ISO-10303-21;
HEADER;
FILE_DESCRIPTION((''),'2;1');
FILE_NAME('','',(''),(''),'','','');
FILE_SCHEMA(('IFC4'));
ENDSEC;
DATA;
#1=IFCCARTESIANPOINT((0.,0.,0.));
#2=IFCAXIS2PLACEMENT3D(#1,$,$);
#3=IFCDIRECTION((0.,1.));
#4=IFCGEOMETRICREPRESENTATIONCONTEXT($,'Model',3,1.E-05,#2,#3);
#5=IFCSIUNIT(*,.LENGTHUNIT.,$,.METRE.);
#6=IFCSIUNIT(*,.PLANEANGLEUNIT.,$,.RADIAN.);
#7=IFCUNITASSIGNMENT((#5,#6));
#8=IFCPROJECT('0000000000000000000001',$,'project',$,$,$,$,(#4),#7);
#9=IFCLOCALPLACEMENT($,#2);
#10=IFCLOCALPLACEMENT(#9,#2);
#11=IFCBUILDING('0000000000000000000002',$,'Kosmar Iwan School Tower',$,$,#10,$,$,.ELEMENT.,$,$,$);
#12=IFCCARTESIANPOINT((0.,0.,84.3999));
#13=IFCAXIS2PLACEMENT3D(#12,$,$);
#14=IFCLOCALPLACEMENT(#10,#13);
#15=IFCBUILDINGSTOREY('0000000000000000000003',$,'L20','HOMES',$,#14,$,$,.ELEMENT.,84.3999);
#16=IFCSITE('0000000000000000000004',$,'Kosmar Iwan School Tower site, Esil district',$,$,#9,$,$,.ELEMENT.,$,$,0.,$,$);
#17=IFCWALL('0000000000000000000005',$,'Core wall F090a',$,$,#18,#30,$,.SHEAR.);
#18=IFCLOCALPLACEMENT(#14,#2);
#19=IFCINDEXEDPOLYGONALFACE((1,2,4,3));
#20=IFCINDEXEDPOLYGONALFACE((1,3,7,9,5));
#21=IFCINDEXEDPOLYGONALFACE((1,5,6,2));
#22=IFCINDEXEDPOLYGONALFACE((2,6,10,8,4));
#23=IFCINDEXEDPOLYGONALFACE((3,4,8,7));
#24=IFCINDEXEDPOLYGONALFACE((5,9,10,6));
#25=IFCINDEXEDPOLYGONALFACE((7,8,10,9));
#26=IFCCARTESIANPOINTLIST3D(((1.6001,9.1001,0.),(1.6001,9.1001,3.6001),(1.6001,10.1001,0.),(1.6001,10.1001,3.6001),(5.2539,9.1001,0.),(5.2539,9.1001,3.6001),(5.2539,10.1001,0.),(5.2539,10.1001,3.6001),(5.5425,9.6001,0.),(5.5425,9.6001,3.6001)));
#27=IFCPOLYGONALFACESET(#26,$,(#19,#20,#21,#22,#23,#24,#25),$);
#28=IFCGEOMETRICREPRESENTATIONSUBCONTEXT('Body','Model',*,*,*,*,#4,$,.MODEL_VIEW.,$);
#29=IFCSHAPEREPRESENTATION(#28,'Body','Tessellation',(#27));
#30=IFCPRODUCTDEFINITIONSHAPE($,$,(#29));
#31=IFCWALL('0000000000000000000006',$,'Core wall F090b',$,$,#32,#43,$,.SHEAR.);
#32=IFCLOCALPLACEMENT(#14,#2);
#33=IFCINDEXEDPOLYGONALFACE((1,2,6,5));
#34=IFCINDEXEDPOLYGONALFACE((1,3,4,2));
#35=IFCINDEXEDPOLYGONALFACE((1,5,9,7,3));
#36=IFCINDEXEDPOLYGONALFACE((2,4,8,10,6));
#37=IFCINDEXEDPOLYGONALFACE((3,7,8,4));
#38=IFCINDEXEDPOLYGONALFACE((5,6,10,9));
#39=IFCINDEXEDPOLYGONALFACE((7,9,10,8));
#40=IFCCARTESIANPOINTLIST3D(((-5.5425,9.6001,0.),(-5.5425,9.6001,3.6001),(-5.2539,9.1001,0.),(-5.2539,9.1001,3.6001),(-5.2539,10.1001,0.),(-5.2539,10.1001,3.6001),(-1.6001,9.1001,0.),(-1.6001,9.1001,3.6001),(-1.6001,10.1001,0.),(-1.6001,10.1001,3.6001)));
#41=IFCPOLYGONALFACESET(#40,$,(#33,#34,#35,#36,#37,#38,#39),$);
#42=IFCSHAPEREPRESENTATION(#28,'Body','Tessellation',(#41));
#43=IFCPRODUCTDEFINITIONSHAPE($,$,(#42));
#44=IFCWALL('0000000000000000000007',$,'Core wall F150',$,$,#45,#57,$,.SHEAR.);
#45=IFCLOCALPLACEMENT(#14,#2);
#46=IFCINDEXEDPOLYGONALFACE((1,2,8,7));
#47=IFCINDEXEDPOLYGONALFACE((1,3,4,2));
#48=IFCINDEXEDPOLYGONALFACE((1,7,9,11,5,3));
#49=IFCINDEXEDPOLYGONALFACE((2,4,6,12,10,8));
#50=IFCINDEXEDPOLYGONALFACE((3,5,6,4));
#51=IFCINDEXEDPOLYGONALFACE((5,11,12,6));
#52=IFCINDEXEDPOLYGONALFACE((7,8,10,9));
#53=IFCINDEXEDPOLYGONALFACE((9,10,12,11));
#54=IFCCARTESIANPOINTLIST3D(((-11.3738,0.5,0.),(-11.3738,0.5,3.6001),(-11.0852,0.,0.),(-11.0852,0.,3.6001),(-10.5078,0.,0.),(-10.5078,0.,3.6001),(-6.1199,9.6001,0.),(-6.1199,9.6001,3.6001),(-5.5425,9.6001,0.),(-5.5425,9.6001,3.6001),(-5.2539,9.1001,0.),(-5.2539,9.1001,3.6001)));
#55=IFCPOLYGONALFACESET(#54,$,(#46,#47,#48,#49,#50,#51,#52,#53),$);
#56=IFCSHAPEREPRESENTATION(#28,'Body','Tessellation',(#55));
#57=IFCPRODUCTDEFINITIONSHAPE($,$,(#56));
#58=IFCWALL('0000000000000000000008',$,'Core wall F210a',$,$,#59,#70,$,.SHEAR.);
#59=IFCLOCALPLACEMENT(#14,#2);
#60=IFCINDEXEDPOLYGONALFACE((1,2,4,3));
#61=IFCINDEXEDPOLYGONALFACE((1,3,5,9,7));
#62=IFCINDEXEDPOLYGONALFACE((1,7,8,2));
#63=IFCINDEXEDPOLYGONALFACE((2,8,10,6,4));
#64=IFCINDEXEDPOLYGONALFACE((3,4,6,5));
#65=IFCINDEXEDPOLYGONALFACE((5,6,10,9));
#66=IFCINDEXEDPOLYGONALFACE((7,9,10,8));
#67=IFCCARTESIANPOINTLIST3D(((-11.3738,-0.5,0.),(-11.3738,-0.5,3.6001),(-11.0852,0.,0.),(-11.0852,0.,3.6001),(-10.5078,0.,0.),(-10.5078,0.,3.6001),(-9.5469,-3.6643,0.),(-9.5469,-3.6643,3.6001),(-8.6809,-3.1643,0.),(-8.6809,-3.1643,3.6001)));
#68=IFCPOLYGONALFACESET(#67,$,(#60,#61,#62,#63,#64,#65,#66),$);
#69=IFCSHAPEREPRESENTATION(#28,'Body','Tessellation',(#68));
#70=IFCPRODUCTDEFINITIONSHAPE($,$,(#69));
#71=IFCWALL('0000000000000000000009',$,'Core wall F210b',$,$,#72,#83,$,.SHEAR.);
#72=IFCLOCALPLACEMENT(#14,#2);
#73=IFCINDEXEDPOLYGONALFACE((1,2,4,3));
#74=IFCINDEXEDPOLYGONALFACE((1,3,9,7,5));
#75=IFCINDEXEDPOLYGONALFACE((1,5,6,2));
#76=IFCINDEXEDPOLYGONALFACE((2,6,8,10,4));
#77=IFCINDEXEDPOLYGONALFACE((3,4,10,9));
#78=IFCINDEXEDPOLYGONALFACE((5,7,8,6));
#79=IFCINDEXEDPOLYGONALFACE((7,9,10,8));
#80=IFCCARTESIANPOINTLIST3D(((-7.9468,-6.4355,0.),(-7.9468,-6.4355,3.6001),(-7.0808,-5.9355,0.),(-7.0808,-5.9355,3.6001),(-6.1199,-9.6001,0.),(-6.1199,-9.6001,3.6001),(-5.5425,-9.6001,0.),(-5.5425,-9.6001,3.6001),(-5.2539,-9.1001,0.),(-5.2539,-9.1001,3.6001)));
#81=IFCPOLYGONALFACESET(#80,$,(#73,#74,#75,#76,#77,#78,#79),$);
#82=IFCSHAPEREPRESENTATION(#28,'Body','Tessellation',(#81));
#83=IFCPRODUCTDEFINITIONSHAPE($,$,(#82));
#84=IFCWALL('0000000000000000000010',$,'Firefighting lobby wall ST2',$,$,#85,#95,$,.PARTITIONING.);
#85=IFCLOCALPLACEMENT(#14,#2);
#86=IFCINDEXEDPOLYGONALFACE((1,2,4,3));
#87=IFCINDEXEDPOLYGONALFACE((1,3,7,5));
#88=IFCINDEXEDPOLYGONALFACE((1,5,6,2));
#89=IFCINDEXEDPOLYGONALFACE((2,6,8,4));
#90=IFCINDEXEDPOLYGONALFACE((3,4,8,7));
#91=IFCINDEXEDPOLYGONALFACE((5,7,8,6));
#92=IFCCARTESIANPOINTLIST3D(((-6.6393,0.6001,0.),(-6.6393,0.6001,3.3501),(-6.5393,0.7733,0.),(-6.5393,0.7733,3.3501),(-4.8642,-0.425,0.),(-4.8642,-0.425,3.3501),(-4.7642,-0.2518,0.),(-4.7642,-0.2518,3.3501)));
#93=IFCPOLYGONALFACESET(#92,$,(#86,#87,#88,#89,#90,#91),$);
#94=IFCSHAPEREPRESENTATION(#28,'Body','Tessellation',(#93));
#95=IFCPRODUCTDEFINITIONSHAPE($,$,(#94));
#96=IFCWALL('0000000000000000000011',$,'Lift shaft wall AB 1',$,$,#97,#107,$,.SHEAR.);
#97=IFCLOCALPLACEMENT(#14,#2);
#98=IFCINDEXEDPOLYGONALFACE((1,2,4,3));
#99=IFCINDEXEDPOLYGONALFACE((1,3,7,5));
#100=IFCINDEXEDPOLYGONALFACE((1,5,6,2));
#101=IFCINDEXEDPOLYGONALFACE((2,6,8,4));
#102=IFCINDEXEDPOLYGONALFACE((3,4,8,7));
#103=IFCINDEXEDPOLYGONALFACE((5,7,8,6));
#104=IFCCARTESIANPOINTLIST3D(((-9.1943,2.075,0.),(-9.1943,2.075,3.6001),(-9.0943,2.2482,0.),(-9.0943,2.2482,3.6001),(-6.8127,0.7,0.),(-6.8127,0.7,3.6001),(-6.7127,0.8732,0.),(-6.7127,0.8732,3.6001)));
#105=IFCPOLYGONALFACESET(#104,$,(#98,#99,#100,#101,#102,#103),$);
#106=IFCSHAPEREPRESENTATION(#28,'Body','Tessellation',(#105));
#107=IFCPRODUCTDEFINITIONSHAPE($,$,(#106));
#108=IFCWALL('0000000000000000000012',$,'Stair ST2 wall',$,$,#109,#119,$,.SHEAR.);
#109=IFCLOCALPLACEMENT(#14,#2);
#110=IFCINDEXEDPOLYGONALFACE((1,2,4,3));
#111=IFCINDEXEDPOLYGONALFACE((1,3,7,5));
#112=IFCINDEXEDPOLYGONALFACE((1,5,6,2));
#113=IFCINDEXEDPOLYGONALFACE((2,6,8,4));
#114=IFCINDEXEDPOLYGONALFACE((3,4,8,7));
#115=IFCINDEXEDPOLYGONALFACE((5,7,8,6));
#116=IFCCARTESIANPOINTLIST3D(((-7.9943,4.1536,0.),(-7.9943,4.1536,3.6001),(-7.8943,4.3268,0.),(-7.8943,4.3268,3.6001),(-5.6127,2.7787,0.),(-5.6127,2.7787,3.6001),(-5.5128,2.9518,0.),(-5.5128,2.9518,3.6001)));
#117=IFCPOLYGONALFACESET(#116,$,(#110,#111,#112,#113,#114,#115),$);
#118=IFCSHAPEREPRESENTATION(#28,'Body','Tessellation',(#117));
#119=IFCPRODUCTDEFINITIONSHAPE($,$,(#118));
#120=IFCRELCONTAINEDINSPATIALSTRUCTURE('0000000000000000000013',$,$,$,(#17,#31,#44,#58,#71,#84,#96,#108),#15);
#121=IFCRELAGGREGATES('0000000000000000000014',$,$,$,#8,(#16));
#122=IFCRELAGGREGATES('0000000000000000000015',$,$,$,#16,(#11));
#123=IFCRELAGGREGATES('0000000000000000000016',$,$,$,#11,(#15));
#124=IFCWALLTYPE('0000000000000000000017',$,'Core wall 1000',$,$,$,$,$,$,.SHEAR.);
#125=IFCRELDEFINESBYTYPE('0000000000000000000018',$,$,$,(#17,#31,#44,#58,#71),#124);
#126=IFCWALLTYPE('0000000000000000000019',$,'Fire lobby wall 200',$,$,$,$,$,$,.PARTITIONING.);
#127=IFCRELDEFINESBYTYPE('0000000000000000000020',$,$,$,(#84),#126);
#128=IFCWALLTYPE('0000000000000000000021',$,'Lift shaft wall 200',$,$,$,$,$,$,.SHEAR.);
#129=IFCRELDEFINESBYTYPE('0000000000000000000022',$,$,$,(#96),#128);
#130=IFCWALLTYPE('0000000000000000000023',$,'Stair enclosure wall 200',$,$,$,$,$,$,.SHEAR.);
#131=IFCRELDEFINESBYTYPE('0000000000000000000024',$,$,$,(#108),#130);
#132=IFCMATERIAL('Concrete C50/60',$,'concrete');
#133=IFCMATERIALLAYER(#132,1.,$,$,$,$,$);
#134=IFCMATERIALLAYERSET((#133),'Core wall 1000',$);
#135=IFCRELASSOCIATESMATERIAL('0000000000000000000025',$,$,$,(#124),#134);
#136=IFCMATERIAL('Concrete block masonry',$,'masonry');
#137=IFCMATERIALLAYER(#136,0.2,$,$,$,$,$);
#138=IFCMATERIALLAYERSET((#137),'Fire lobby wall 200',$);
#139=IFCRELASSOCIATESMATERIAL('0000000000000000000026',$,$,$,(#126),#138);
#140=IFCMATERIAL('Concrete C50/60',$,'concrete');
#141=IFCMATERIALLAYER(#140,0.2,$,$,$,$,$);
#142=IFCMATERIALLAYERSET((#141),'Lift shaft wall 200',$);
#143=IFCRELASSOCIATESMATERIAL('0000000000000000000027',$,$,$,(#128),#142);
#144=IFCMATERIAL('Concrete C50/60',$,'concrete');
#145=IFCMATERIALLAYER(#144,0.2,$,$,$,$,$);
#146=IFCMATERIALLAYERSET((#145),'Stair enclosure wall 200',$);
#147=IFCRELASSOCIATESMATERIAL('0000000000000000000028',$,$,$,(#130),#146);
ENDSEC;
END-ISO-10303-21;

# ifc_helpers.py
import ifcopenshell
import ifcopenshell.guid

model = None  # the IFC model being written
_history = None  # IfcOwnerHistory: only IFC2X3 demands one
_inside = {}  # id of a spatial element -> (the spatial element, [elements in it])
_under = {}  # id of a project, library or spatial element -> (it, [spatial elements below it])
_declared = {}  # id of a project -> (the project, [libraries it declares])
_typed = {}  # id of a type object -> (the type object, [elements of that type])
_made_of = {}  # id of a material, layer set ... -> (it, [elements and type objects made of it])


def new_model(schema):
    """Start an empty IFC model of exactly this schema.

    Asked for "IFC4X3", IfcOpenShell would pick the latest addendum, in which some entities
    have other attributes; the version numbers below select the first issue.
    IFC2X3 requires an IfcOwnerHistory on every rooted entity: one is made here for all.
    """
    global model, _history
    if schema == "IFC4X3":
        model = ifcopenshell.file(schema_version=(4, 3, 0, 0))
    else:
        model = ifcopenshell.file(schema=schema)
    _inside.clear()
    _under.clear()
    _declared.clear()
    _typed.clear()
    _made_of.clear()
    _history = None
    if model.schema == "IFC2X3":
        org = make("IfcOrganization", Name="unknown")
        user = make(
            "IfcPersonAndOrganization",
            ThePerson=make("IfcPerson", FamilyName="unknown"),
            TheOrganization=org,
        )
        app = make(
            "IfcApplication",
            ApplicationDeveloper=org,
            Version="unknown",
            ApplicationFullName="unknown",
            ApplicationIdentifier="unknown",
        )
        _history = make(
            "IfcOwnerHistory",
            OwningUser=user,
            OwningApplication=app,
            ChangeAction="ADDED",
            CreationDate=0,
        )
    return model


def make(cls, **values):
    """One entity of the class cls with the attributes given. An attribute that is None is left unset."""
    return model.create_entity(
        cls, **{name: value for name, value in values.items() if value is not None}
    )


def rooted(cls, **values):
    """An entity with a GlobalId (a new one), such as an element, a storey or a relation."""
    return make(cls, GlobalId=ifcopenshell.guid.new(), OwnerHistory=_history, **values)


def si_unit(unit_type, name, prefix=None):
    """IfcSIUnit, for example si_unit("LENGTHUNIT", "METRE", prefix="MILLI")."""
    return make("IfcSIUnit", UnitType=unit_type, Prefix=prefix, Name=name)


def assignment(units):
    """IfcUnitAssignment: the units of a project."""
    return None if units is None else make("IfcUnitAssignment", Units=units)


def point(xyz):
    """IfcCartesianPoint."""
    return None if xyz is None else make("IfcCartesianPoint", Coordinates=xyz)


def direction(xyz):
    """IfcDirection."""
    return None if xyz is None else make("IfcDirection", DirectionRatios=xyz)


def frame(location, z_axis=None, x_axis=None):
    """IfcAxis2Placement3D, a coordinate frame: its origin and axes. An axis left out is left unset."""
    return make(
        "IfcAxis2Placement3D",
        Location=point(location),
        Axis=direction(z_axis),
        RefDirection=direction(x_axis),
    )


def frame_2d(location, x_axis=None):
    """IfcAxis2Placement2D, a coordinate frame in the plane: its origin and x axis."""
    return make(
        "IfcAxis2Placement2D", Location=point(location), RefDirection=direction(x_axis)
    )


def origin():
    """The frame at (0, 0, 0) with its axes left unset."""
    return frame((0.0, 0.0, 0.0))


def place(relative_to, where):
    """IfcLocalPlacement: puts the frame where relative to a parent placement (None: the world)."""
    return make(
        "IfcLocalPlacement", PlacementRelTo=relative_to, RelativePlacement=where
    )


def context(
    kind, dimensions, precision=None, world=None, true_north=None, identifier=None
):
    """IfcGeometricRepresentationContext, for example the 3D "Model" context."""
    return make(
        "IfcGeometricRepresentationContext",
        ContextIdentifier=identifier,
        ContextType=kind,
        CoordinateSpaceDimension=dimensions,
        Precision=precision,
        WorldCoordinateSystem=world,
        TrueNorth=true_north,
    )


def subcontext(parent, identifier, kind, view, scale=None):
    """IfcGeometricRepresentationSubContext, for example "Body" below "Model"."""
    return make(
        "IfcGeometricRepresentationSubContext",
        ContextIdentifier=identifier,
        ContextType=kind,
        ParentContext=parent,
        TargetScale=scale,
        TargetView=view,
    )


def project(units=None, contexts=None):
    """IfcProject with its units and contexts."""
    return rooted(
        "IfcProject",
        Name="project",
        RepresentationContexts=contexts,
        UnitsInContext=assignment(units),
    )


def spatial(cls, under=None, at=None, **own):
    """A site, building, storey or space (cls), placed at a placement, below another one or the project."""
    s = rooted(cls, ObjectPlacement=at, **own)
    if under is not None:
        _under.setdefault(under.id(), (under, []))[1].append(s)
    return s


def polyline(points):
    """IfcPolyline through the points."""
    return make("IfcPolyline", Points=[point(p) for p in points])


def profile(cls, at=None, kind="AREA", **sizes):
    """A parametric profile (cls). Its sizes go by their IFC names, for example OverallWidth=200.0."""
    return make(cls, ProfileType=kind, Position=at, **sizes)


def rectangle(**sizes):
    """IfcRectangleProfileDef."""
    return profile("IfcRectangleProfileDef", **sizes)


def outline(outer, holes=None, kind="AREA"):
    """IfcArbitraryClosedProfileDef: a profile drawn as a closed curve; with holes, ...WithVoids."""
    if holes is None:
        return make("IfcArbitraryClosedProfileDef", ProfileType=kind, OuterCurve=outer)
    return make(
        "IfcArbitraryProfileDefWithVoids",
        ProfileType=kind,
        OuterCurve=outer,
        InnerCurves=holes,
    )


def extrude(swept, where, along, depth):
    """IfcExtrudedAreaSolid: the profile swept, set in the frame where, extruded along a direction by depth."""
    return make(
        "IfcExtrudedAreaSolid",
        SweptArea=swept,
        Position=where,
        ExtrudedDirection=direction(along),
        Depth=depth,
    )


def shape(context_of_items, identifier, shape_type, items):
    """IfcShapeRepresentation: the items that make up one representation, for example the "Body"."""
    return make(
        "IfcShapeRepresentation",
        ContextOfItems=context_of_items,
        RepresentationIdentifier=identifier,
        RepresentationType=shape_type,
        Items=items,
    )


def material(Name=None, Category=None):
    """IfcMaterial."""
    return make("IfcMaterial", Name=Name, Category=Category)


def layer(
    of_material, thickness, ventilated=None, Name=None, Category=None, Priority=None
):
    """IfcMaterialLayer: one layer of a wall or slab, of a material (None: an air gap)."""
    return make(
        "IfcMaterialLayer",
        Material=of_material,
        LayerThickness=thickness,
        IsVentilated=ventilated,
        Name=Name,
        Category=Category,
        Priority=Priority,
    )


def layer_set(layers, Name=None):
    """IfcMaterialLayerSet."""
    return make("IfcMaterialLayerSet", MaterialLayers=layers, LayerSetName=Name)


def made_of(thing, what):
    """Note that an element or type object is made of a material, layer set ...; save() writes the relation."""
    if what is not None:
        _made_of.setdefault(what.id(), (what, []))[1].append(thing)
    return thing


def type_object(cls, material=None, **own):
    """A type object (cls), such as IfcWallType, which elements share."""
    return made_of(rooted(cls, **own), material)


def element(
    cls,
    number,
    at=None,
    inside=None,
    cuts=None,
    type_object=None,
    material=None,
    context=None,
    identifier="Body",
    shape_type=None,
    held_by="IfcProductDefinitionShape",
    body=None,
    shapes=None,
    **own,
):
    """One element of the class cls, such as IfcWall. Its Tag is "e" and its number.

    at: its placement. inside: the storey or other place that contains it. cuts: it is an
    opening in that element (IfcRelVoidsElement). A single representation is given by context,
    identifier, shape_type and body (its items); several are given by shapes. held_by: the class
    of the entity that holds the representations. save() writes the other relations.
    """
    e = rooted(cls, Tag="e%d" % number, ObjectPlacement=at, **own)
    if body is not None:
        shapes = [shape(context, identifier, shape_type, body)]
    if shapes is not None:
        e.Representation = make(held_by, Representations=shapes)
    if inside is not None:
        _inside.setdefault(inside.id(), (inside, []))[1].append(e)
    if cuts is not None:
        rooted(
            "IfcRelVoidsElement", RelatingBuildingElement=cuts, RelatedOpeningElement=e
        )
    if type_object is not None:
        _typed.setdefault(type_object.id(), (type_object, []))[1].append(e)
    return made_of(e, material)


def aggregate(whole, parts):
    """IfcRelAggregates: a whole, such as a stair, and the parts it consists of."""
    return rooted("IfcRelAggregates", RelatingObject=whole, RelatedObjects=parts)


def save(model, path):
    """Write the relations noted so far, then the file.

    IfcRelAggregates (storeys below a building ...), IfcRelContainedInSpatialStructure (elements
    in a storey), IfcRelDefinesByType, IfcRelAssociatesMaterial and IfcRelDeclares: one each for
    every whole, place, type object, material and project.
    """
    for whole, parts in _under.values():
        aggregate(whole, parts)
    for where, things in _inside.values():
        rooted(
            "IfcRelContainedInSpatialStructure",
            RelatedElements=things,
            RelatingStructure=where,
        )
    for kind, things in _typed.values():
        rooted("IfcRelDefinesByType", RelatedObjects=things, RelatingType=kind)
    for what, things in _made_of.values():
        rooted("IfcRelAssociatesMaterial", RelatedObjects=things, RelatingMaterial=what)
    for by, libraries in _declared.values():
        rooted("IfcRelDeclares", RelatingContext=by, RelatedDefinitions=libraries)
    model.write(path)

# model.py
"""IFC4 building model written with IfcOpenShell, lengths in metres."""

from ifc_helpers import new_model, si_unit, direction, frame, frame_2d, origin, place, context, subcontext, project, spatial, polyline, rectangle, outline, extrude, material, layer, layer_set, type_object, element, save


model = new_model("IFC4")

# Units and contexts
model_context = context("Model", 3, precision=1e-05, world=origin(), true_north=direction((0.0, 1.0)))
body_context = subcontext(model_context, "Body", "Model", "MODEL_VIEW")
ifc_project = project(units=[si_unit("LENGTHUNIT", "METRE"), si_unit("PLANEANGLEUNIT", "RADIAN")], contexts=[model_context])

# Site, building, storey
site_placement = place(None, origin())
site = spatial("IfcSite", under=ifc_project, at=site_placement, Name="Kosmar Iwan School Tower site, Esil district", CompositionType="ELEMENT", RefElevation=0.0)
building_placement = place(site_placement, origin())
building = spatial("IfcBuilding", under=site, at=building_placement, Name="Kosmar Iwan School Tower", CompositionType="ELEMENT")
storey_placement = place(building_placement, frame((0.0, 0.0, 84.3999)))
storey = spatial("IfcBuildingStorey", under=building, at=storey_placement, Name="L20", Description="HOMES", CompositionType="ELEMENT", Elevation=84.3999)

# Walls
ifc_material_1 = material(Name="Concrete C50/60", Category="concrete")
ifc_layer_1 = layer(ifc_material_1, 1.0)
ifc_layer_set_1 = layer_set([ifc_layer_1], Name="Core wall 1000")
wall_type_1 = type_object("IfcWallType", Name="Core wall 1000", PredefinedType="SHEAR", material=ifc_layer_set_1)
wall_1_placement = place(storey_placement, origin())
element("IfcWall", 1, at=wall_1_placement, inside=storey, type_object=wall_type_1, Name="Core wall F090a", PredefinedType="SHEAR", context=body_context, shape_type="SweptSolid", body=[
    extrude(outline(polyline([(1.6001, 9.1001), (5.2539, 9.1001), (5.5425, 9.6001), (5.2539, 10.1001), (1.6001, 10.1001), (1.6001, 9.1001)])), origin(), (0.0, 0.0, 1.0), 3.6001),
])
wall_2_placement = place(storey_placement, origin())
element("IfcWall", 2, at=wall_2_placement, inside=storey, type_object=wall_type_1, Name="Core wall F090b", PredefinedType="SHEAR", context=body_context, shape_type="SweptSolid", body=[
    extrude(outline(polyline([(-5.2539, 9.1001), (-1.6001, 9.1001), (-1.6001, 10.1001), (-5.2539, 10.1001), (-5.5425, 9.6001), (-5.2539, 9.1001)])), origin(), (0.0, 0.0, 1.0), 3.6001),
])
wall_3_placement = place(storey_placement, origin())
element("IfcWall", 3, at=wall_3_placement, inside=storey, type_object=wall_type_1, Name="Core wall F150", PredefinedType="SHEAR", context=body_context, shape_type="SweptSolid", body=[
    extrude(outline(polyline([(-11.0852, 0.0), (-10.5078, 0.0), (-5.2539, 9.1001), (-5.5425, 9.6001), (-6.1199, 9.6001), (-11.3738, 0.5), (-11.0852, 0.0)])), origin(), (0.0, 0.0, 1.0), 3.6001),
])
wall_4_placement = place(storey_placement, origin())
element("IfcWall", 4, at=wall_4_placement, inside=storey, type_object=wall_type_1, Name="Core wall F210a", PredefinedType="SHEAR", context=body_context, shape_type="SweptSolid", body=[
    extrude(outline(polyline([(-9.5469, -3.6643), (-8.6809, -3.1643), (-10.5078, 0.0), (-11.0852, 0.0), (-11.3738, -0.5), (-9.5469, -3.6643)])), origin(), (0.0, 0.0, 1.0), 3.6001),
])
wall_5_placement = place(storey_placement, origin())
element("IfcWall", 5, at=wall_5_placement, inside=storey, type_object=wall_type_1, Name="Core wall F210b", PredefinedType="SHEAR", context=body_context, shape_type="SweptSolid", body=[
    extrude(outline(polyline([(-6.1199, -9.6001), (-5.5425, -9.6001), (-5.2539, -9.1001), (-7.0808, -5.9355), (-7.9468, -6.4355), (-6.1199, -9.6001)])), origin(), (0.0, 0.0, 1.0), 3.6001),
])
ifc_material_2 = material(Name="Concrete block masonry", Category="masonry")
ifc_layer_2 = layer(ifc_material_2, 0.2)
ifc_layer_set_2 = layer_set([ifc_layer_2], Name="Fire lobby wall 200")
wall_type_2 = type_object("IfcWallType", Name="Fire lobby wall 200", PredefinedType="PARTITIONING", material=ifc_layer_set_2)
wall_6_placement = place(storey_placement, frame((-4.8142, -0.3384, 0.0), z_axis=(0.0, 0.0, 1.0), x_axis=(-0.865969, 0.500097, 0.0)))
element("IfcWall", 6, at=wall_6_placement, inside=storey, type_object=wall_type_2, Name="Firefighting lobby wall ST2", PredefinedType="PARTITIONING", context=body_context, shape_type="SweptSolid", body=[
    extrude(rectangle(XDim=2.0498, YDim=0.2, at=frame_2d((1.0249, 0.0))), origin(), (0.0, 0.0, 1.0), 3.3501),
])
ifc_material_3 = material(Name="Concrete C50/60", Category="concrete")
ifc_layer_3 = layer(ifc_material_3, 0.2)
ifc_layer_set_3 = layer_set([ifc_layer_3], Name="Lift shaft wall 200")
wall_type_3 = type_object("IfcWallType", Name="Lift shaft wall 200", PredefinedType="SHEAR", material=ifc_layer_set_3)
wall_7_placement = place(storey_placement, frame((-6.7627, 0.7866, 0.0), z_axis=(0.0, 0.0, 1.0), x_axis=(-0.866027, 0.499997, 0.0)))
element("IfcWall", 7, at=wall_7_placement, inside=storey, type_object=wall_type_3, Name="Lift shaft wall AB 1", PredefinedType="SHEAR", context=body_context, shape_type="SweptSolid", body=[
    extrude(rectangle(XDim=2.75, YDim=0.2, at=frame_2d((1.375, 0.0))), origin(), (0.0, 0.0, 1.0), 3.6001),
])
ifc_material_4 = material(Name="Concrete C50/60", Category="concrete")
ifc_layer_4 = layer(ifc_material_4, 0.2)
ifc_layer_set_4 = layer_set([ifc_layer_4], Name="Stair enclosure wall 200")
wall_type_4 = type_object("IfcWallType", Name="Stair enclosure wall 200", PredefinedType="SHEAR", material=ifc_layer_set_4)
wall_8_placement = place(storey_placement, frame((-5.5627, 2.8652, 0.0), z_axis=(0.0, 0.0, 1.0), x_axis=(-0.866027, 0.499997, 0.0)))
element("IfcWall", 8, at=wall_8_placement, inside=storey, type_object=wall_type_4, Name="Stair ST2 wall", PredefinedType="SHEAR", context=body_context, shape_type="SweptSolid", body=[
    extrude(rectangle(XDim=2.75, YDim=0.2, at=frame_2d((1.375, 0.0))), origin(), (0.0, 0.0, 1.0), 3.6001),
])

save(model, "model.ifc")
